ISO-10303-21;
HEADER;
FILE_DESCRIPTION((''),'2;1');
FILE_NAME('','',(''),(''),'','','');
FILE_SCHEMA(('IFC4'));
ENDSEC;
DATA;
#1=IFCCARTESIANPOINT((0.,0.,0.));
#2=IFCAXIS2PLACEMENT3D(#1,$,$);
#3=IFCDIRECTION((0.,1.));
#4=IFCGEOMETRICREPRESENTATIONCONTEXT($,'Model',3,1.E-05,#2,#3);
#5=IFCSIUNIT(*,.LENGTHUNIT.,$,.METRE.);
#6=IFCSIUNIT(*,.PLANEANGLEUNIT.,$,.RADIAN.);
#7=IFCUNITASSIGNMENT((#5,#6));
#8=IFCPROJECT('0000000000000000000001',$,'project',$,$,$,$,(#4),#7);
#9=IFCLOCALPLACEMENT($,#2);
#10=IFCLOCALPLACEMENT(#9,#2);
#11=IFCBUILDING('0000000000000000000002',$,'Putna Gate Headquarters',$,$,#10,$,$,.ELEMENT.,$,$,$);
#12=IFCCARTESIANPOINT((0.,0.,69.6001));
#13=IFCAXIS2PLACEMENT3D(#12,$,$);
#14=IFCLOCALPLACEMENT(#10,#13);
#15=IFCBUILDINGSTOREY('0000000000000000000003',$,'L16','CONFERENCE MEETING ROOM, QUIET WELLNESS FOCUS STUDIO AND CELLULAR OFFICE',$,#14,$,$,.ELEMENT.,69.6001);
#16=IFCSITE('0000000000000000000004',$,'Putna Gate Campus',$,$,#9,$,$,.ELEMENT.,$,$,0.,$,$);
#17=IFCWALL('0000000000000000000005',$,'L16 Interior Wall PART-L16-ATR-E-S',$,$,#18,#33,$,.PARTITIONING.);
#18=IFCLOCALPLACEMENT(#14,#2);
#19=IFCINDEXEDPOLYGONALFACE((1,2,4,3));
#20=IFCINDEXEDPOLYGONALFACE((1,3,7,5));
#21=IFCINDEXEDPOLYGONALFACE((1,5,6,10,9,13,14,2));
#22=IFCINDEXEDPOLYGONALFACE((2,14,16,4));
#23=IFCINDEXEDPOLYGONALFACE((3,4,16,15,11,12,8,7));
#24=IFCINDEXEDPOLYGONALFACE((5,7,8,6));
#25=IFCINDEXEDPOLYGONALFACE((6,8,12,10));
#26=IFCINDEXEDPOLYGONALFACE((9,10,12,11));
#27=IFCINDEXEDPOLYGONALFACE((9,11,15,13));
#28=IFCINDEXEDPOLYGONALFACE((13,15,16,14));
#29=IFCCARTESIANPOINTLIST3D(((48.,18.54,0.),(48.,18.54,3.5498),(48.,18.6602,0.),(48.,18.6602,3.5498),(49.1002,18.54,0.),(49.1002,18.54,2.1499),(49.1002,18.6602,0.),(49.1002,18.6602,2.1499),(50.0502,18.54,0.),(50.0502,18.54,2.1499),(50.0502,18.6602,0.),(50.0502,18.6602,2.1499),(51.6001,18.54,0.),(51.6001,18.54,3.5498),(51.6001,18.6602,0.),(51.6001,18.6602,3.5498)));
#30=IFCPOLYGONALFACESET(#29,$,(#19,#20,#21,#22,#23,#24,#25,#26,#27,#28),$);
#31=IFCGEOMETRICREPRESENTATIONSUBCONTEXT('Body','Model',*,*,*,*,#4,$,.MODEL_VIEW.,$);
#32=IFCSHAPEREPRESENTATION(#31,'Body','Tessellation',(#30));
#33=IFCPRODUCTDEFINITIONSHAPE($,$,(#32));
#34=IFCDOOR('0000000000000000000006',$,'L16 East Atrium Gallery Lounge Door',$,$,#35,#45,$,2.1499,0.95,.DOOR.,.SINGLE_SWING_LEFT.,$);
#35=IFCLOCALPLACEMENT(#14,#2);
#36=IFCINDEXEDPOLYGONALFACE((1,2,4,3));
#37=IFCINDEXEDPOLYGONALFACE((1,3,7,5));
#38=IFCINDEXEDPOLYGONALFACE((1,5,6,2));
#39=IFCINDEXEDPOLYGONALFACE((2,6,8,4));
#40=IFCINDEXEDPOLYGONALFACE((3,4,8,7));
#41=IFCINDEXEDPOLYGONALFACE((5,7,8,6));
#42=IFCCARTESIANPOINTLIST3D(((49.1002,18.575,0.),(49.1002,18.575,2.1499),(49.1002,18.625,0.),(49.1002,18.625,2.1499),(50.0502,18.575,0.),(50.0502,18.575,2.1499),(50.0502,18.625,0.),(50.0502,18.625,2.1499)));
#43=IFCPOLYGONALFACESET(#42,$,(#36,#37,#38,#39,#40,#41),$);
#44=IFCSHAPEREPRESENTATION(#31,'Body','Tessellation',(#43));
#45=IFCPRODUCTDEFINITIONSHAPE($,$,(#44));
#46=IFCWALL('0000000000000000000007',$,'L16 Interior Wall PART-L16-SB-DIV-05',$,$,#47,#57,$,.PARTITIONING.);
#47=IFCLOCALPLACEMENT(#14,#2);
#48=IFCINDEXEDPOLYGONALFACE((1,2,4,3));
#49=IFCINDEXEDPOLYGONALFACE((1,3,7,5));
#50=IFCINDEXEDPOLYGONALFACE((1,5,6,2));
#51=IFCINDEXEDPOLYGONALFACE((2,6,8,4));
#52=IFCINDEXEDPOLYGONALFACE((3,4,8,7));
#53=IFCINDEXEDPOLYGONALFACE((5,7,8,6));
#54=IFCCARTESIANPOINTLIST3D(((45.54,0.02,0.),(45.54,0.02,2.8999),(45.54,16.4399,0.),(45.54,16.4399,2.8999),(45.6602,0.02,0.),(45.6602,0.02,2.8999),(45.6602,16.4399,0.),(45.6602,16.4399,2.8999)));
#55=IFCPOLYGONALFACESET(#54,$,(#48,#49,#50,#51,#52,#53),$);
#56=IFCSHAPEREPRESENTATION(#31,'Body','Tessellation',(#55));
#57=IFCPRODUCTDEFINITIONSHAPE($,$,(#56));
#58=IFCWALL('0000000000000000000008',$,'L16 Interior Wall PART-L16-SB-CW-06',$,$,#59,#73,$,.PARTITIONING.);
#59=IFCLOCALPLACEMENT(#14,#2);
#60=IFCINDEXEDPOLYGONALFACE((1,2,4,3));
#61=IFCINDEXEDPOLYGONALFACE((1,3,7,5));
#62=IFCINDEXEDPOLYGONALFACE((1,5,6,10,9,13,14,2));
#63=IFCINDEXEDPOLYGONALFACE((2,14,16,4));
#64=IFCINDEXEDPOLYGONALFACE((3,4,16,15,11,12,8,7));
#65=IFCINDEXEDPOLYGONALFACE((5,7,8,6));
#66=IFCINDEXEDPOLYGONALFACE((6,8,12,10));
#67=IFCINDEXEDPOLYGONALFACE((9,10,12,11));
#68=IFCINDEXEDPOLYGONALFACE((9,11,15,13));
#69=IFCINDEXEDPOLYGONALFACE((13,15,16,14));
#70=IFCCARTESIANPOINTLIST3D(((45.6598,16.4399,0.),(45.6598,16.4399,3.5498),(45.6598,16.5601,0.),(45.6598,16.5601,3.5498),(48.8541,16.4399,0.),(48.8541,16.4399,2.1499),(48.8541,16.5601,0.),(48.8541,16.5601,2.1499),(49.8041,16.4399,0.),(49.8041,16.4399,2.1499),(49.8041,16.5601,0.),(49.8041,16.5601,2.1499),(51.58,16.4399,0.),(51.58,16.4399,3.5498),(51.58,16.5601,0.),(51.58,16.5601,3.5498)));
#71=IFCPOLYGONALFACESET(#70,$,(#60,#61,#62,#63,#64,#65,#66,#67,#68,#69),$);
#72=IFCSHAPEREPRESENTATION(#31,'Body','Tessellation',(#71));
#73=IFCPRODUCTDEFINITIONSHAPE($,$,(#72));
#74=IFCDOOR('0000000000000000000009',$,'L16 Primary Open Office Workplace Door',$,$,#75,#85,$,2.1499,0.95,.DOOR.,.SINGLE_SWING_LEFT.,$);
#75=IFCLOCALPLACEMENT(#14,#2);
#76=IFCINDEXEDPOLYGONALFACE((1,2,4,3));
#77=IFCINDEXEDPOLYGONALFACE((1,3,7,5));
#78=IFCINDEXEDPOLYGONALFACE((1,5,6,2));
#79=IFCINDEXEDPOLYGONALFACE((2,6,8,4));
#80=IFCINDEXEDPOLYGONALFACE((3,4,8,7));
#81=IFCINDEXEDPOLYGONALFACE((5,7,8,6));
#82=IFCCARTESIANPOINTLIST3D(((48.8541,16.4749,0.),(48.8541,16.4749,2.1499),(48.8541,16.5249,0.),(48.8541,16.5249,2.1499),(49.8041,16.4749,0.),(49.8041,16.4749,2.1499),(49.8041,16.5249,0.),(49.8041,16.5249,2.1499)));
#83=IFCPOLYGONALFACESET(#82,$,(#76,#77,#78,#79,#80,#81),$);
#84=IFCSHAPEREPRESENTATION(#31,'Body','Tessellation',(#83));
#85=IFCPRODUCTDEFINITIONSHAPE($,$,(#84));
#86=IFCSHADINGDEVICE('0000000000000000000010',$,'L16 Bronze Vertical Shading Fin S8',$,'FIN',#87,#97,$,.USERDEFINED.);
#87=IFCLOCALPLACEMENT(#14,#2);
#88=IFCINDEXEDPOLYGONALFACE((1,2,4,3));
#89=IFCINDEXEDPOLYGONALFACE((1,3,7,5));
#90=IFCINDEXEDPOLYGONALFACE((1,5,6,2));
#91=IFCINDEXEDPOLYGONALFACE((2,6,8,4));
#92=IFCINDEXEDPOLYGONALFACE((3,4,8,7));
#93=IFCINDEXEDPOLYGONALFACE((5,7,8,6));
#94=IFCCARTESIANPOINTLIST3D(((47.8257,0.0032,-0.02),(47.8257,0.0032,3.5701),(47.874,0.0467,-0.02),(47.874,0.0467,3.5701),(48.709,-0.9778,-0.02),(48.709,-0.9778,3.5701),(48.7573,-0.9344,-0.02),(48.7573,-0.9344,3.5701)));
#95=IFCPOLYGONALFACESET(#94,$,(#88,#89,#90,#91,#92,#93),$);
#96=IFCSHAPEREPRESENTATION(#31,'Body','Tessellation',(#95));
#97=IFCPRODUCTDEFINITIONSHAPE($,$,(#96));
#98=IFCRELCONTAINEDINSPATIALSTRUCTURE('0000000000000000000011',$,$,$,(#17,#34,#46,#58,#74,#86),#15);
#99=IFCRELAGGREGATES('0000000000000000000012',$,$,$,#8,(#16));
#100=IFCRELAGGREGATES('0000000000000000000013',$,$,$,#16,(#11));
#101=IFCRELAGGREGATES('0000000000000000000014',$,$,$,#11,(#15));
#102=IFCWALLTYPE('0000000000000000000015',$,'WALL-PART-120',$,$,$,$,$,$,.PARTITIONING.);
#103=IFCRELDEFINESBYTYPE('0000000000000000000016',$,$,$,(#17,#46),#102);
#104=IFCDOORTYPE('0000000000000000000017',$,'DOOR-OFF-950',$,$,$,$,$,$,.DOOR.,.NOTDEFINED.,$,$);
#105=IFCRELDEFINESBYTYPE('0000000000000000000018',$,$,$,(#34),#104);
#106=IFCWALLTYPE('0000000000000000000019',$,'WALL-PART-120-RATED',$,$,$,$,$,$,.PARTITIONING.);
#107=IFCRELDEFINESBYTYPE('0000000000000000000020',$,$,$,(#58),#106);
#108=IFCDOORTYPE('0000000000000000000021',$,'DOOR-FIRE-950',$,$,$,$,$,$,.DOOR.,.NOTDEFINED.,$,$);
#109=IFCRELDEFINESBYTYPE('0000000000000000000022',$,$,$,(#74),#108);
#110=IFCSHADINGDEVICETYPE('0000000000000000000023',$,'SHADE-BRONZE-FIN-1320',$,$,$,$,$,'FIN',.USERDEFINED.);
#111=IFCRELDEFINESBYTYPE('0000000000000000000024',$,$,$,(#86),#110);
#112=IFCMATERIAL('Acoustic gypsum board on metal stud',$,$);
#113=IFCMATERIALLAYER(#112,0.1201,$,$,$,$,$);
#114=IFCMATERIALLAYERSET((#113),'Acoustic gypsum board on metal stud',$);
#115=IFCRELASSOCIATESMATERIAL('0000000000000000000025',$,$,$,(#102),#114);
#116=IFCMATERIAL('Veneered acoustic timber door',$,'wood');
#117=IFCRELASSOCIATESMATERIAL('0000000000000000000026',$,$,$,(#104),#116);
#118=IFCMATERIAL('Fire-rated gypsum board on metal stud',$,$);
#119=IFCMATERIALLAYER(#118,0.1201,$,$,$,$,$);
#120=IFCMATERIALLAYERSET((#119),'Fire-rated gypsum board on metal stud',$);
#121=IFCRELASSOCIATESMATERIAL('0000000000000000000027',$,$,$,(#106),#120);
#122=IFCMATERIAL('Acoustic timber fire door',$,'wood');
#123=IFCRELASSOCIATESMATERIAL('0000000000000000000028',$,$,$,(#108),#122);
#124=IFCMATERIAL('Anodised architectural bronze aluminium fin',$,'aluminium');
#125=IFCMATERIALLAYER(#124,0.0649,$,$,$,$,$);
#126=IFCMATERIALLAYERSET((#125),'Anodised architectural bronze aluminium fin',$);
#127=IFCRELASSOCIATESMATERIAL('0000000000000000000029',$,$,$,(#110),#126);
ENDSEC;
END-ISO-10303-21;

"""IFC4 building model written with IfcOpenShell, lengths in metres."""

from ifc_helpers import new_model, si_unit, direction, frame, frame_2d, origin, origin_2d, place, context, subcontext, project, spatial, rectangle, extrude, material, layer, layer_set, type_object, element, fill, save


model = new_model("IFC4")

# Units and contexts
model_context = context("Model", 3, precision=1e-05, world=origin(), true_north=direction((0.0, 1.0)))
body_context = subcontext(model_context, "Body", "Model", "MODEL_VIEW")
ifc_project = project(units=[si_unit("LENGTHUNIT", "METRE"), si_unit("PLANEANGLEUNIT", "RADIAN")], contexts=[model_context])

# Site, building, storey
site_placement = place(None, origin())
site = spatial("IfcSite", under=ifc_project, at=site_placement, Name="Putna Gate Campus", CompositionType="ELEMENT", RefElevation=0.0)
building_placement = place(site_placement, origin())
building = spatial("IfcBuilding", under=site, at=building_placement, Name="Putna Gate Headquarters", CompositionType="ELEMENT")
storey_placement = place(building_placement, frame((0.0, 0.0, 69.6001)))
storey = spatial("IfcBuildingStorey", under=building, at=storey_placement, Name="L16", Description="CONFERENCE MEETING ROOM, QUIET WELLNESS FOCUS STUDIO AND CELLULAR OFFICE", CompositionType="ELEMENT", Elevation=69.6001)

# Wall, opening, door
ifc_material_1 = material(Name="Acoustic gypsum board on metal stud")
ifc_layer_1 = layer(ifc_material_1, 0.1201)
ifc_layer_set_1 = layer_set([ifc_layer_1], Name="Acoustic gypsum board on metal stud")
wall_type_1 = type_object("IfcWallType", Name="WALL-PART-120", PredefinedType="PARTITIONING", material=ifc_layer_set_1)
wall_1_placement = place(storey_placement, frame((48.0, 18.6001, 0.0), z_axis=(0.0, 0.0, 1.0), x_axis=(1.0, 0.0, 0.0)))
wall_1 = element("IfcWall", 1, at=wall_1_placement, inside=storey, type_object=wall_type_1, Name="L16 Interior Wall PART-L16-ATR-E-S", PredefinedType="PARTITIONING", context=body_context, shape_type="SweptSolid", body=[
    extrude(rectangle(XDim=3.6001, YDim=0.1201, at=frame_2d((1.8, 0.0))), origin(), (0.0, 0.0, 1.0), 3.5498),
])
opening_1_placement = place(wall_1_placement, frame((1.1001, 0.0, 0.0)))
opening_1 = element("IfcOpeningElement", 2, at=opening_1_placement, cuts=wall_1, PredefinedType="OPENING", context=body_context, shape_type="SweptSolid", body=[
    extrude(rectangle(XDim=0.95, YDim=2.1499, at=frame_2d((0.4751, 1.075))), frame((0.0, 0.0701, 0.0), z_axis=(0.0, -1.0, 0.0), x_axis=(1.0, 0.0, 0.0)), (0.0, 0.0, 1.0), 0.1401),
])
ifc_material_2 = material(Name="Veneered acoustic timber door", Category="wood")
door_type_1 = type_object("IfcDoorType", Name="DOOR-OFF-950", OperationType="NOTDEFINED", PredefinedType="DOOR", material=ifc_material_2)
door_1_placement = place(opening_1_placement, origin())
door_1 = element("IfcDoor", 3, at=door_1_placement, inside=storey, type_object=door_type_1, Name="L16 East Atrium Gallery Lounge Door", OperationType="SINGLE_SWING_LEFT", OverallHeight=2.1499, OverallWidth=0.95, PredefinedType="DOOR", context=body_context, shape_type="SweptSolid", body=[
    extrude(rectangle(XDim=0.95, YDim=2.1499, at=frame_2d((0.4751, 1.075))), frame((0.0, 0.0249, 0.0), z_axis=(0.0, -1.0, 0.0), x_axis=(1.0, 0.0, 0.0)), (0.0, 0.0, 1.0), 0.05),
])
fill(opening_1, door_1)

# Wall
wall_2_placement = place(storey_placement, frame((45.6001, 0.02, 0.0), z_axis=(0.0, 0.0, 1.0), x_axis=(0.0, 1.0, 0.0)))
element("IfcWall", 4, at=wall_2_placement, inside=storey, type_object=wall_type_1, Name="L16 Interior Wall PART-L16-SB-DIV-05", PredefinedType="PARTITIONING", context=body_context, shape_type="SweptSolid", body=[
    extrude(rectangle(XDim=16.4199, YDim=0.1201, at=frame_2d((8.21, 0.0))), origin(), (0.0, 0.0, 1.0), 2.8999),
])

# Wall, opening, door
ifc_material_3 = material(Name="Fire-rated gypsum board on metal stud")
ifc_layer_2 = layer(ifc_material_3, 0.1201)
ifc_layer_set_2 = layer_set([ifc_layer_2], Name="Fire-rated gypsum board on metal stud")
wall_type_2 = type_object("IfcWallType", Name="WALL-PART-120-RATED", PredefinedType="PARTITIONING", material=ifc_layer_set_2)
wall_3_placement = place(storey_placement, frame((45.6599, 16.5, 0.0), z_axis=(0.0, 0.0, 1.0), x_axis=(1.0, 0.0, 0.0)))
wall_3 = element("IfcWall", 5, at=wall_3_placement, inside=storey, type_object=wall_type_2, Name="L16 Interior Wall PART-L16-SB-CW-06", PredefinedType="PARTITIONING", context=body_context, shape_type="SweptSolid", body=[
    extrude(rectangle(XDim=5.9202, YDim=0.1201, at=frame_2d((2.96, 0.0))), origin(), (0.0, 0.0, 1.0), 3.5498),
])
opening_2_placement = place(wall_3_placement, frame((3.1941, 0.0, 0.0)))
opening_2 = element("IfcOpeningElement", 6, at=opening_2_placement, cuts=wall_3, PredefinedType="OPENING", context=body_context, shape_type="SweptSolid", body=[
    extrude(rectangle(XDim=0.95, YDim=2.1499, at=frame_2d((0.4751, 1.075))), frame((0.0, 0.0701, 0.0), z_axis=(0.0, -1.0, 0.0), x_axis=(1.0, 0.0, 0.0)), (0.0, 0.0, 1.0), 0.1401),
])
ifc_material_4 = material(Name="Acoustic timber fire door", Category="wood")
door_type_2 = type_object("IfcDoorType", Name="DOOR-FIRE-950", OperationType="NOTDEFINED", PredefinedType="DOOR", material=ifc_material_4)
door_2_placement = place(opening_2_placement, origin())
door_2 = element("IfcDoor", 7, at=door_2_placement, inside=storey, type_object=door_type_2, Name="L16 Primary Open Office Workplace Door", OperationType="SINGLE_SWING_LEFT", OverallHeight=2.1499, OverallWidth=0.95, PredefinedType="DOOR", context=body_context, shape_type="SweptSolid", body=[
    extrude(rectangle(XDim=0.95, YDim=2.1499, at=frame_2d((0.4751, 1.075))), frame((0.0, 0.0249, 0.0), z_axis=(0.0, -1.0, 0.0), x_axis=(1.0, 0.0, 0.0)), (0.0, 0.0, 1.0), 0.05),
])
fill(opening_2, door_2)

# Shading device
ifc_material_5 = material(Name="Anodised architectural bronze aluminium fin", Category="aluminium")
ifc_layer_3 = layer(ifc_material_5, 0.0649)
ifc_layer_set_3 = layer_set([ifc_layer_3], Name="Anodised architectural bronze aluminium fin")
shading_device_type = type_object("IfcShadingDeviceType", Name="SHADE-BRONZE-FIN-1320", ElementType="FIN", PredefinedType="USERDEFINED", material=ifc_layer_set_3)
shading_device_placement = place(storey_placement, frame((48.2915, -0.4656, -0.02), z_axis=(0.0, 0.0, 1.0), x_axis=(0.669131, -0.743145, 0.0)))
element("IfcShadingDevice", 8, at=shading_device_placement, inside=storey, type_object=shading_device_type, Name="L16 Bronze Vertical Shading Fin S8", ObjectType="FIN", PredefinedType="USERDEFINED", context=body_context, shape_type="SweptSolid", body=[
    extrude(rectangle(XDim=1.3201, YDim=0.0649, at=origin_2d()), origin(), (0.0, 0.0, 1.0), 3.5901),
])

save(model, "model.ifc")
